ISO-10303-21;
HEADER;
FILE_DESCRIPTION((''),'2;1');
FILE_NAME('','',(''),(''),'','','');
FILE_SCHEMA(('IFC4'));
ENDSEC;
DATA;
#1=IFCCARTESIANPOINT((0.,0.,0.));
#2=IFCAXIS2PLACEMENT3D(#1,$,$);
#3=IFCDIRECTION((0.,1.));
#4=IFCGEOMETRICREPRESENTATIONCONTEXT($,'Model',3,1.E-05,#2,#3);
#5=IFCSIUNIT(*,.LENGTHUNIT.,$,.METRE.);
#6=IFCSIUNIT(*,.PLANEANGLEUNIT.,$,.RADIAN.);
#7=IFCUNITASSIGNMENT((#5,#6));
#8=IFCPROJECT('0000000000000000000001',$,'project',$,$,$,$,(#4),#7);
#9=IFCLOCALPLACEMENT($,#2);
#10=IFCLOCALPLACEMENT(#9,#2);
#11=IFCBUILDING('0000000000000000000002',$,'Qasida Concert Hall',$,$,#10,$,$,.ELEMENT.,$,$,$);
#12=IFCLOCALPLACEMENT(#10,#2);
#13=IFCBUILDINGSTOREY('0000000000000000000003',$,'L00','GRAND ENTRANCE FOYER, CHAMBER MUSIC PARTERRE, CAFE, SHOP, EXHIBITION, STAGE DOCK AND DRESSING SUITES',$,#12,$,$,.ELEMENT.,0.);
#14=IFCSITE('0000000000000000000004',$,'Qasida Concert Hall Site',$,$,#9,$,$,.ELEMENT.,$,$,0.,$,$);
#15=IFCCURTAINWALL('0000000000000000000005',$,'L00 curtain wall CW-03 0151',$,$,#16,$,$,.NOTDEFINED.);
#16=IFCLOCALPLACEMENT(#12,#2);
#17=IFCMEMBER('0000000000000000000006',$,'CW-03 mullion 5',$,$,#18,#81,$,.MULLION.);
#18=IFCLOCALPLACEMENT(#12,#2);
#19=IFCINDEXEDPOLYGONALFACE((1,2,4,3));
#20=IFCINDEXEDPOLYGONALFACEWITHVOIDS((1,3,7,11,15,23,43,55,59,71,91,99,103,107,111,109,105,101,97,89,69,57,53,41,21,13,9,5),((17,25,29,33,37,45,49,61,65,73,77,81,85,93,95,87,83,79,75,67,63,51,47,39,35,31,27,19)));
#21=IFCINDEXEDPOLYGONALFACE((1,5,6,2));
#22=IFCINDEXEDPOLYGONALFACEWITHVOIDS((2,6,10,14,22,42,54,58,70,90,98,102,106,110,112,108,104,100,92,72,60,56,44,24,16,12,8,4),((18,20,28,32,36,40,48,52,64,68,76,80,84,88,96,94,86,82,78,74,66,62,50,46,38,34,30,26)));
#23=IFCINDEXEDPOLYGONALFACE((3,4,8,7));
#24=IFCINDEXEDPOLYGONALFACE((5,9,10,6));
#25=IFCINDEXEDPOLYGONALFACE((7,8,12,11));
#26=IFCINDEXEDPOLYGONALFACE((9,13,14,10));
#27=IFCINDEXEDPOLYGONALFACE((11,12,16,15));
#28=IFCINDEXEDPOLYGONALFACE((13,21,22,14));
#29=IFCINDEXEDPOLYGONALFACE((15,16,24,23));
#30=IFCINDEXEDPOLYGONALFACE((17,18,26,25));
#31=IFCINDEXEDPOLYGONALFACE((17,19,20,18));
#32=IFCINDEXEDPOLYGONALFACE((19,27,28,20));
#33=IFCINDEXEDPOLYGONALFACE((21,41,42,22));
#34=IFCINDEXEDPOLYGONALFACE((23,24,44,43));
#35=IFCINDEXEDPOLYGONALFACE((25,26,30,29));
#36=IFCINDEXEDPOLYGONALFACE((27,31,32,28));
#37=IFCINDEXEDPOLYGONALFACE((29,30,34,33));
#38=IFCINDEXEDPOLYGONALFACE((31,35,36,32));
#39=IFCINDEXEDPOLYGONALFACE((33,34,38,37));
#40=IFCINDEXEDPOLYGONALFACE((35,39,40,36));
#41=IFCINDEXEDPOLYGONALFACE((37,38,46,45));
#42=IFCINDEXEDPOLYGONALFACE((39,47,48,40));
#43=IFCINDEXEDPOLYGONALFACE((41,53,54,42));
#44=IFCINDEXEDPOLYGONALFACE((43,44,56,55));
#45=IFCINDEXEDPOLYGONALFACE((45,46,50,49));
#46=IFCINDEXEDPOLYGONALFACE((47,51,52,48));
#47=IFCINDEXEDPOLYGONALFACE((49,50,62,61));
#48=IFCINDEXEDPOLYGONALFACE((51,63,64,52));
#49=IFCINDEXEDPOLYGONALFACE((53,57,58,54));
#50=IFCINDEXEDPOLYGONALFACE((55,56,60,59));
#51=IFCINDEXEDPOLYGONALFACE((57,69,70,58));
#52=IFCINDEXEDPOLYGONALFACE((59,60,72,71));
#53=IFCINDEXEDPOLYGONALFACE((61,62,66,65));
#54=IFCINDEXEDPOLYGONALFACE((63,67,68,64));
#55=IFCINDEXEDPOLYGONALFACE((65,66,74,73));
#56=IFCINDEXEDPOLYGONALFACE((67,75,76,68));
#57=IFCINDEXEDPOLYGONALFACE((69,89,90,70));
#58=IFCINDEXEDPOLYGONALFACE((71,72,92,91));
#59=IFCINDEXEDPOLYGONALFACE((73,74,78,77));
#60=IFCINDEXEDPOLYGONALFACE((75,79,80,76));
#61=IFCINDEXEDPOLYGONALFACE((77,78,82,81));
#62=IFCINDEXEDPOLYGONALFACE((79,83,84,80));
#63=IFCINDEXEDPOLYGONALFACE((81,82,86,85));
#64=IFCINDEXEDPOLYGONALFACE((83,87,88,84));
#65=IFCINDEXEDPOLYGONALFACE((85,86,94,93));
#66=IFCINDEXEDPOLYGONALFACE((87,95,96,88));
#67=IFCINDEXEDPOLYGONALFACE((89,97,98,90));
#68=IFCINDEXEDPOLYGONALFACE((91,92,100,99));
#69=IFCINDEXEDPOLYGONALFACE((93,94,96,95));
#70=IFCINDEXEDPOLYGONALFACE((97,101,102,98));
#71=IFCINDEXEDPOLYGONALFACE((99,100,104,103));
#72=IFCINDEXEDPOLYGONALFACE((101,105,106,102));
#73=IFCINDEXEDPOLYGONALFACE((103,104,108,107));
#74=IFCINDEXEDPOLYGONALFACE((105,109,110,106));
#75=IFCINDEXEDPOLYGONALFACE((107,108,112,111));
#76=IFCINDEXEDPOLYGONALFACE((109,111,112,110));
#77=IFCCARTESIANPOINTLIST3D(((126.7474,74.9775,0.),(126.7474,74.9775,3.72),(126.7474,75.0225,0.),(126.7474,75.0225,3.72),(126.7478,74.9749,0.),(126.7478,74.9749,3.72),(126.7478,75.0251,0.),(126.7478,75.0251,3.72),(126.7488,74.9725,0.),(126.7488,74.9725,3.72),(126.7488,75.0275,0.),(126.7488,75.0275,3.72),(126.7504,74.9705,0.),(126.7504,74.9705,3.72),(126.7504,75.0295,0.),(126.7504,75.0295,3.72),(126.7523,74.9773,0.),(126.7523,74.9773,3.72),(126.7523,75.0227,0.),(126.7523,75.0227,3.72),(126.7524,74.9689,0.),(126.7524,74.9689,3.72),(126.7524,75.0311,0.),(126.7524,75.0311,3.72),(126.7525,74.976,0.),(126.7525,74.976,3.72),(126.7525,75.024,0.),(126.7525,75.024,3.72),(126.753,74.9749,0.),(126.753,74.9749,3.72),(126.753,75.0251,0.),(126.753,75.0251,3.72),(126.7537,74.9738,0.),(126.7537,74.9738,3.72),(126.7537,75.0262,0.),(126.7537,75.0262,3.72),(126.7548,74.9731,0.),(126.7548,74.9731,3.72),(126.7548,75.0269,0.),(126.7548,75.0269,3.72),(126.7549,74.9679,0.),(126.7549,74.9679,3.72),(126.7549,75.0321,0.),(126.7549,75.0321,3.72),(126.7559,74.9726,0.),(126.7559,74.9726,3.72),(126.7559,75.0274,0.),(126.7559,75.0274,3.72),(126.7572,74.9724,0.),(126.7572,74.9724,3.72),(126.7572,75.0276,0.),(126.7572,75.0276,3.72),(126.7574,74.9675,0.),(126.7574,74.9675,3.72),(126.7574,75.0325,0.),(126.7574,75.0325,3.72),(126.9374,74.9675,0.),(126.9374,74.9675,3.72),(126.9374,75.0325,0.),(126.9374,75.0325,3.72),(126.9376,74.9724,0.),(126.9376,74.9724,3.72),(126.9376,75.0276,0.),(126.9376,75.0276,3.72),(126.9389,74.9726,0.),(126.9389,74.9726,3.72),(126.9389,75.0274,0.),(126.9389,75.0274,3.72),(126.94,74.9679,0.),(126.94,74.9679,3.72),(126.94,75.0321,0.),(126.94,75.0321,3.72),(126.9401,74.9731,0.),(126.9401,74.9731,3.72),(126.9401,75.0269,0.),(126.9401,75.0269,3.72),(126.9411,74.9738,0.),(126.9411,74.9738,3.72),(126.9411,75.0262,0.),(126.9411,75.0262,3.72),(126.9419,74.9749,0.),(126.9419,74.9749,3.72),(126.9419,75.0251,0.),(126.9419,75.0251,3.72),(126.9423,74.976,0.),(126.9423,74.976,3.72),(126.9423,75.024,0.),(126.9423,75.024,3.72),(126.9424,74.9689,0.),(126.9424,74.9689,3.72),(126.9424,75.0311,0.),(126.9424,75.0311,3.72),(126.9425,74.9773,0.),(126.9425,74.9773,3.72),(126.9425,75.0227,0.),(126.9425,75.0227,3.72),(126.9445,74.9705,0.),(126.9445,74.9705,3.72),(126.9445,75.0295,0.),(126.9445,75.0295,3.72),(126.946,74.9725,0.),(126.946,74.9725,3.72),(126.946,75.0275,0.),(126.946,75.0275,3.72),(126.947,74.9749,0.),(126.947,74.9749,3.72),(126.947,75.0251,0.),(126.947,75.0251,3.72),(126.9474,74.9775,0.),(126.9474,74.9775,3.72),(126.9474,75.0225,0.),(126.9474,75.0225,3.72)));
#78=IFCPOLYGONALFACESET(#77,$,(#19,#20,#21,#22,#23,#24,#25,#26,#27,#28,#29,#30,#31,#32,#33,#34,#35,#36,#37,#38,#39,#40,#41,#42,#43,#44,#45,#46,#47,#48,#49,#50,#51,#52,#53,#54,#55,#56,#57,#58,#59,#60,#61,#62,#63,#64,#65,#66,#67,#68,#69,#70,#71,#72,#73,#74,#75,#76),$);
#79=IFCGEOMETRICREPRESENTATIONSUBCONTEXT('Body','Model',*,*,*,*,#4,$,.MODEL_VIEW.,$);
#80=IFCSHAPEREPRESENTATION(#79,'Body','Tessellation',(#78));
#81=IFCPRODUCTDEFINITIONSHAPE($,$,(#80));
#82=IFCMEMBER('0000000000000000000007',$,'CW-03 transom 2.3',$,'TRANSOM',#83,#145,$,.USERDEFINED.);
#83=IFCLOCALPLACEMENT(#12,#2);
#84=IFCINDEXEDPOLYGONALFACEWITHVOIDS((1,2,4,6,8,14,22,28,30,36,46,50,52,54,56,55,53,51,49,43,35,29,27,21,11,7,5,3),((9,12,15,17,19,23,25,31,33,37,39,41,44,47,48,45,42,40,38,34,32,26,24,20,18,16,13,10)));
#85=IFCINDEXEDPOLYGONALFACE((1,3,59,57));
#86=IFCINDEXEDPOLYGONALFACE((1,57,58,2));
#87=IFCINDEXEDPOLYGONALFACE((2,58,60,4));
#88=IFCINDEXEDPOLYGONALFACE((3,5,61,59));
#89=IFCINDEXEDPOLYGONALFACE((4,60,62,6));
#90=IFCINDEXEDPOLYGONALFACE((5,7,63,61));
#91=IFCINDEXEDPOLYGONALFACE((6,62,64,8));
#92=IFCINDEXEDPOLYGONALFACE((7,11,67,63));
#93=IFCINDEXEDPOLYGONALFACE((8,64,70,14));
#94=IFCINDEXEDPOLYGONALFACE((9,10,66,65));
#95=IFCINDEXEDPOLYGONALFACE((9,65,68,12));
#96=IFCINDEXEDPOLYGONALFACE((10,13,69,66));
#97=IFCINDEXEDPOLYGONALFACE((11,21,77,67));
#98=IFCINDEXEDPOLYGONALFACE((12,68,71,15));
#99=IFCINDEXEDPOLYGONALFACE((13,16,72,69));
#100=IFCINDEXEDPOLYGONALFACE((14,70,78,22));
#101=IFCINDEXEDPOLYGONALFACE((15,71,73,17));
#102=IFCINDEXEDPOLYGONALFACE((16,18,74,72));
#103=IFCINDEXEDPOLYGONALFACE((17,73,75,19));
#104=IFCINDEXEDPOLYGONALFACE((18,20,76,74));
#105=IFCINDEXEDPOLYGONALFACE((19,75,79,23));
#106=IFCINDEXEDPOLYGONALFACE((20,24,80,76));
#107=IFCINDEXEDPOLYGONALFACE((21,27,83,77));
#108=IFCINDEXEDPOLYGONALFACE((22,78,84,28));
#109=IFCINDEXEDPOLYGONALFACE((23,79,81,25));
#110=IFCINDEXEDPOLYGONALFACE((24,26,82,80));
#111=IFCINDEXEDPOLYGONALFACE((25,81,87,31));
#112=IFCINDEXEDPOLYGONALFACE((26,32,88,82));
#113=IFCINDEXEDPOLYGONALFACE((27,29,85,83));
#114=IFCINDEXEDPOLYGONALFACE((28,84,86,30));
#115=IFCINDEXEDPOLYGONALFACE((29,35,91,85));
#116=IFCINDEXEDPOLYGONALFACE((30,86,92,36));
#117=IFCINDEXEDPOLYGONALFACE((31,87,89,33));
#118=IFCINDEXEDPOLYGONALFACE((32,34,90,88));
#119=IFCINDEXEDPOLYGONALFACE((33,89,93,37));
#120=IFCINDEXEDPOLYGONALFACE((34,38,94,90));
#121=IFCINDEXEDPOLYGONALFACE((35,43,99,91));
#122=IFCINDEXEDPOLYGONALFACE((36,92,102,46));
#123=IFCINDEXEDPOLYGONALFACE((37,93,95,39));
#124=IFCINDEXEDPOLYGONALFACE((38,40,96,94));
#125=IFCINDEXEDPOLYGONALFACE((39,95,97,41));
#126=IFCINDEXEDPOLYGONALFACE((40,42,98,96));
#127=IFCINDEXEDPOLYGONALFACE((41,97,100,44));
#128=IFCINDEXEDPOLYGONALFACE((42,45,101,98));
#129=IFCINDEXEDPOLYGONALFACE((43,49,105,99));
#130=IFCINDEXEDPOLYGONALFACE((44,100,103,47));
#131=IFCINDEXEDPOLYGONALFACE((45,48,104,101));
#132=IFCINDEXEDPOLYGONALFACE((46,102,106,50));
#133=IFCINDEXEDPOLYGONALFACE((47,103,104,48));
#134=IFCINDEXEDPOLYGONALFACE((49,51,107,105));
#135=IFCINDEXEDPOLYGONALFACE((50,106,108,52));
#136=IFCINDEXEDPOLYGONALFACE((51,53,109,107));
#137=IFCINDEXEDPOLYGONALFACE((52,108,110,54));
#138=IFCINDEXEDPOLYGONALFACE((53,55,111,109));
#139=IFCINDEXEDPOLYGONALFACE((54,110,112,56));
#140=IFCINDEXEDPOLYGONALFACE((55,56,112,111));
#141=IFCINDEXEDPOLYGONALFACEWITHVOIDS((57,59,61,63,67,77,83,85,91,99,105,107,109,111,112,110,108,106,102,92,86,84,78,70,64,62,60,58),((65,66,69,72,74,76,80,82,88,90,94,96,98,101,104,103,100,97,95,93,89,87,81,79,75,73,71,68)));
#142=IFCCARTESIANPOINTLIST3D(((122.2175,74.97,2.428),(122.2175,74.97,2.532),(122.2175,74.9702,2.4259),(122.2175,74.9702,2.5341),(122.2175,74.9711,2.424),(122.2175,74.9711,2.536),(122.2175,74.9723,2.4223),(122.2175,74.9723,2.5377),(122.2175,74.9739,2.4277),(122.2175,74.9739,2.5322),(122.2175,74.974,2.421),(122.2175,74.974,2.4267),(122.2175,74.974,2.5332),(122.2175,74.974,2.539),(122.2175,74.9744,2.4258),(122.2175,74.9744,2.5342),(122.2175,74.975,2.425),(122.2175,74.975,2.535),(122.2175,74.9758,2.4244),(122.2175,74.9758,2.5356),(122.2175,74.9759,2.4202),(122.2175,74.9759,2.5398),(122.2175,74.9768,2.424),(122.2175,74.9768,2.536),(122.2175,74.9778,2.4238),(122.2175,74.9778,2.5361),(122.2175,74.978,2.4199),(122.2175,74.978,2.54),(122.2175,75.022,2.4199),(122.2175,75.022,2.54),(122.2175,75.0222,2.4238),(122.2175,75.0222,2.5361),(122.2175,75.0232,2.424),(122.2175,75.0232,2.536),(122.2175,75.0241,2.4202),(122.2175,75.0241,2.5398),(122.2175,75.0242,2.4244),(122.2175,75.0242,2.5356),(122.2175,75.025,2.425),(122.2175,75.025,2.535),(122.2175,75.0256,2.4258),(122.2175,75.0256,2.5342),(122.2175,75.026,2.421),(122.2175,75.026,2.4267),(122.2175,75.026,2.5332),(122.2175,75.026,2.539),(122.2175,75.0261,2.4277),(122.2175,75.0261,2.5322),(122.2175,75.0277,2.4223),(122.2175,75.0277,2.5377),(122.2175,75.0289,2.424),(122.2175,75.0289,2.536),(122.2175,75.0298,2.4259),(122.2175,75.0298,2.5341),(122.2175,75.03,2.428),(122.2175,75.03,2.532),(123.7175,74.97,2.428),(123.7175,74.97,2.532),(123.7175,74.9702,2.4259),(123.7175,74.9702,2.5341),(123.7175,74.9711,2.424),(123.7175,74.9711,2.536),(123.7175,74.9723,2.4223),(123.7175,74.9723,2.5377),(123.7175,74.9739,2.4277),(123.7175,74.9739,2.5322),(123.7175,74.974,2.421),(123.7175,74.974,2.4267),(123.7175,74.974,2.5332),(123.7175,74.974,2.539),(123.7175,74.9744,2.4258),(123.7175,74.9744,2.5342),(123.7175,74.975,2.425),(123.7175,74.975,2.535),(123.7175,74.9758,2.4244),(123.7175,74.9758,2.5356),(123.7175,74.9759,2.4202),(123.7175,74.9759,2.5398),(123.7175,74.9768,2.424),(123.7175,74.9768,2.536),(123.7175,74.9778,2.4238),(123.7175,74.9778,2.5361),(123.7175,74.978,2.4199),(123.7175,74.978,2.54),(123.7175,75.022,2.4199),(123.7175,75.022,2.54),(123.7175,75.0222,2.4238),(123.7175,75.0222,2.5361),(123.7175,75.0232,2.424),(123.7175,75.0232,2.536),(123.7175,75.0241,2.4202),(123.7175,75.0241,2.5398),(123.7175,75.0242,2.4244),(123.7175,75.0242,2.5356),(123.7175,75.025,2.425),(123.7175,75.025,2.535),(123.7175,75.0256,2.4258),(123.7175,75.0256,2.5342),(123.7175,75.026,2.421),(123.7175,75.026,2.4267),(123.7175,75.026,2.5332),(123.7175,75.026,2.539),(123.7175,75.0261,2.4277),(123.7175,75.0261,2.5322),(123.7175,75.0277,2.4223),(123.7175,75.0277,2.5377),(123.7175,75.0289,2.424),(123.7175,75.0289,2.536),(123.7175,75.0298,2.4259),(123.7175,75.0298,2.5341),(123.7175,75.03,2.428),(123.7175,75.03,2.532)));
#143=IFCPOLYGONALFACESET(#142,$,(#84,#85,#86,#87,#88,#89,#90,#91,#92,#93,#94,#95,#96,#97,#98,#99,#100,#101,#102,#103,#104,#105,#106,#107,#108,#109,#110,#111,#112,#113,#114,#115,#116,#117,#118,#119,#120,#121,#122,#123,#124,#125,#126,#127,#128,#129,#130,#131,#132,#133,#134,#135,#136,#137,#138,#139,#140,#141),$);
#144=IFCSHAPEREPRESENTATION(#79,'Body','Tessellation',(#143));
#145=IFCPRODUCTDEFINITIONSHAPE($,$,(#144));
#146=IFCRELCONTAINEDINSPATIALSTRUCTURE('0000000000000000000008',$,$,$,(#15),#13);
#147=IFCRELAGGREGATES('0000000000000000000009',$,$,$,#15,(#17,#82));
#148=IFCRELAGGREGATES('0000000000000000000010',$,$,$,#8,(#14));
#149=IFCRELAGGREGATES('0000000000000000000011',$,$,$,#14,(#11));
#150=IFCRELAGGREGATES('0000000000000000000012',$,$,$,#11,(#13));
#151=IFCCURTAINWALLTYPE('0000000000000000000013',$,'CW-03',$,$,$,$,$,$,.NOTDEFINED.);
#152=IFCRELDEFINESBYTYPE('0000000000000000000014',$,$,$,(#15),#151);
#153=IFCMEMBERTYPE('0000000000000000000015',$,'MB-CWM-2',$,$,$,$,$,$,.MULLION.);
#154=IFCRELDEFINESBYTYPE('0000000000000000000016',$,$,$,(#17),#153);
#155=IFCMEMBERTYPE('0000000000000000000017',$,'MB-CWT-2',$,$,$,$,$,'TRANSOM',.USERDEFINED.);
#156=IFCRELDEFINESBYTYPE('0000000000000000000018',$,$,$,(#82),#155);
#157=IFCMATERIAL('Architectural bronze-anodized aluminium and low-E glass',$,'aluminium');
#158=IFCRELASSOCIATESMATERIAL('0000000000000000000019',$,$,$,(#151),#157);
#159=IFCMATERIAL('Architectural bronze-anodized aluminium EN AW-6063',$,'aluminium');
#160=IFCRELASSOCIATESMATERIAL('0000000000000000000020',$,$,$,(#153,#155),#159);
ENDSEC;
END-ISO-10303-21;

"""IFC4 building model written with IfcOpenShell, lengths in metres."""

from ifc_helpers import new_model, si_unit, direction, frame, origin, origin_2d, place, context, subcontext, project, spatial, hollow_rectangle, extrude, material, material_profile, profile_set, type_object, element, aggregate, save


model = new_model("IFC4")

# Units and contexts
model_context = context("Model", 3, precision=1e-05, world=origin(), true_north=direction((0.0, 1.0)))
body_context = subcontext(model_context, "Body", "Model", "MODEL_VIEW")
ifc_project = project(units=[si_unit("LENGTHUNIT", "METRE"), si_unit("PLANEANGLEUNIT", "RADIAN")], contexts=[model_context])

# Site, building, storey
site_placement = place(None, origin())
site = spatial("IfcSite", under=ifc_project, at=site_placement, Name="Qasida Concert Hall Site", CompositionType="ELEMENT", RefElevation=0.0)
building_placement = place(site_placement, origin())
building = spatial("IfcBuilding", under=site, at=building_placement, Name="Qasida Concert Hall", CompositionType="ELEMENT")
storey_placement = place(building_placement, origin())
storey = spatial("IfcBuildingStorey", under=building, at=storey_placement, Name="L00", Description="GRAND ENTRANCE FOYER, CHAMBER MUSIC PARTERRE, CAFE, SHOP, EXHIBITION, STAGE DOCK AND DRESSING SUITES", CompositionType="ELEMENT", Elevation=0.0)

# Curtain wall, members
ifc_material_1 = material(Name="Architectural bronze-anodized aluminium and low-E glass", Category="aluminium")
curtain_wall_type = type_object("IfcCurtainWallType", Name="CW-03", PredefinedType="NOTDEFINED", material=ifc_material_1)
curtain_wall_placement = place(storey_placement, origin())
curtain_wall = element("IfcCurtainWall", 1, at=curtain_wall_placement, inside=storey, type_object=curtain_wall_type, Name="L00 curtain wall CW-03 0151", PredefinedType="NOTDEFINED")
ifc_material_2 = material(Name="Architectural bronze-anodized aluminium EN AW-6063", Category="aluminium")
ifc_material_profile_1 = material_profile(ifc_material_2, hollow_rectangle(XDim=0.0649, YDim=0.2, WallThickness=0.0049, InnerFilletRadius=0.0049, OuterFilletRadius=0.01, at=origin_2d()), Name="CWM 200x65x5")
ifc_profile_set_1 = profile_set([ifc_material_profile_1], Name="Architectural bronze-anodized aluminium EN AW-6063")
member_type_1 = type_object("IfcMemberType", Name="MB-CWM-2", PredefinedType="MULLION", material=ifc_profile_set_1)
member_1_placement = place(storey_placement, frame((126.8474, 75.0, 0.0), z_axis=(0.0, 0.0, 1.0), x_axis=(0.0, 1.0, 0.0)))
member_1 = element("IfcMember", 2, at=member_1_placement, type_object=member_type_1, Name="CW-03 mullion 5", PredefinedType="MULLION", context=body_context, shape_type="SweptSolid", body=[
    extrude(hollow_rectangle(XDim=0.0649, YDim=0.2, WallThickness=0.0049, InnerFilletRadius=0.0049, OuterFilletRadius=0.01, at=origin_2d()), origin(), (0.0, 0.0, 1.0), 3.72),
])
ifc_material_profile_2 = material_profile(ifc_material_2, hollow_rectangle(XDim=0.0601, YDim=0.1201, WallThickness=0.0039, InnerFilletRadius=0.0039, OuterFilletRadius=0.0081, at=origin_2d()), Name="CWT 120x60x4")
ifc_profile_set_2 = profile_set([ifc_material_profile_2], Name="Architectural bronze-anodized aluminium EN AW-6063")
member_type_2 = type_object("IfcMemberType", Name="MB-CWT-2", ElementType="TRANSOM", PredefinedType="USERDEFINED", material=ifc_profile_set_2)
member_2_placement = place(storey_placement, frame((122.2175, 75.0, 2.48), z_axis=(1.0, 0.0, 0.0), x_axis=(0.0, 1.0, 0.0)))
member_2 = element("IfcMember", 3, at=member_2_placement, type_object=member_type_2, Name="CW-03 transom 2.3", ObjectType="TRANSOM", PredefinedType="USERDEFINED", context=body_context, shape_type="SweptSolid", body=[
    extrude(hollow_rectangle(XDim=0.0601, YDim=0.1201, WallThickness=0.0039, InnerFilletRadius=0.0039, OuterFilletRadius=0.0081, at=origin_2d()), origin(), (0.0, 0.0, 1.0), 1.5),
])
aggregate(curtain_wall, [member_1, member_2])

save(model, "model.ifc")
